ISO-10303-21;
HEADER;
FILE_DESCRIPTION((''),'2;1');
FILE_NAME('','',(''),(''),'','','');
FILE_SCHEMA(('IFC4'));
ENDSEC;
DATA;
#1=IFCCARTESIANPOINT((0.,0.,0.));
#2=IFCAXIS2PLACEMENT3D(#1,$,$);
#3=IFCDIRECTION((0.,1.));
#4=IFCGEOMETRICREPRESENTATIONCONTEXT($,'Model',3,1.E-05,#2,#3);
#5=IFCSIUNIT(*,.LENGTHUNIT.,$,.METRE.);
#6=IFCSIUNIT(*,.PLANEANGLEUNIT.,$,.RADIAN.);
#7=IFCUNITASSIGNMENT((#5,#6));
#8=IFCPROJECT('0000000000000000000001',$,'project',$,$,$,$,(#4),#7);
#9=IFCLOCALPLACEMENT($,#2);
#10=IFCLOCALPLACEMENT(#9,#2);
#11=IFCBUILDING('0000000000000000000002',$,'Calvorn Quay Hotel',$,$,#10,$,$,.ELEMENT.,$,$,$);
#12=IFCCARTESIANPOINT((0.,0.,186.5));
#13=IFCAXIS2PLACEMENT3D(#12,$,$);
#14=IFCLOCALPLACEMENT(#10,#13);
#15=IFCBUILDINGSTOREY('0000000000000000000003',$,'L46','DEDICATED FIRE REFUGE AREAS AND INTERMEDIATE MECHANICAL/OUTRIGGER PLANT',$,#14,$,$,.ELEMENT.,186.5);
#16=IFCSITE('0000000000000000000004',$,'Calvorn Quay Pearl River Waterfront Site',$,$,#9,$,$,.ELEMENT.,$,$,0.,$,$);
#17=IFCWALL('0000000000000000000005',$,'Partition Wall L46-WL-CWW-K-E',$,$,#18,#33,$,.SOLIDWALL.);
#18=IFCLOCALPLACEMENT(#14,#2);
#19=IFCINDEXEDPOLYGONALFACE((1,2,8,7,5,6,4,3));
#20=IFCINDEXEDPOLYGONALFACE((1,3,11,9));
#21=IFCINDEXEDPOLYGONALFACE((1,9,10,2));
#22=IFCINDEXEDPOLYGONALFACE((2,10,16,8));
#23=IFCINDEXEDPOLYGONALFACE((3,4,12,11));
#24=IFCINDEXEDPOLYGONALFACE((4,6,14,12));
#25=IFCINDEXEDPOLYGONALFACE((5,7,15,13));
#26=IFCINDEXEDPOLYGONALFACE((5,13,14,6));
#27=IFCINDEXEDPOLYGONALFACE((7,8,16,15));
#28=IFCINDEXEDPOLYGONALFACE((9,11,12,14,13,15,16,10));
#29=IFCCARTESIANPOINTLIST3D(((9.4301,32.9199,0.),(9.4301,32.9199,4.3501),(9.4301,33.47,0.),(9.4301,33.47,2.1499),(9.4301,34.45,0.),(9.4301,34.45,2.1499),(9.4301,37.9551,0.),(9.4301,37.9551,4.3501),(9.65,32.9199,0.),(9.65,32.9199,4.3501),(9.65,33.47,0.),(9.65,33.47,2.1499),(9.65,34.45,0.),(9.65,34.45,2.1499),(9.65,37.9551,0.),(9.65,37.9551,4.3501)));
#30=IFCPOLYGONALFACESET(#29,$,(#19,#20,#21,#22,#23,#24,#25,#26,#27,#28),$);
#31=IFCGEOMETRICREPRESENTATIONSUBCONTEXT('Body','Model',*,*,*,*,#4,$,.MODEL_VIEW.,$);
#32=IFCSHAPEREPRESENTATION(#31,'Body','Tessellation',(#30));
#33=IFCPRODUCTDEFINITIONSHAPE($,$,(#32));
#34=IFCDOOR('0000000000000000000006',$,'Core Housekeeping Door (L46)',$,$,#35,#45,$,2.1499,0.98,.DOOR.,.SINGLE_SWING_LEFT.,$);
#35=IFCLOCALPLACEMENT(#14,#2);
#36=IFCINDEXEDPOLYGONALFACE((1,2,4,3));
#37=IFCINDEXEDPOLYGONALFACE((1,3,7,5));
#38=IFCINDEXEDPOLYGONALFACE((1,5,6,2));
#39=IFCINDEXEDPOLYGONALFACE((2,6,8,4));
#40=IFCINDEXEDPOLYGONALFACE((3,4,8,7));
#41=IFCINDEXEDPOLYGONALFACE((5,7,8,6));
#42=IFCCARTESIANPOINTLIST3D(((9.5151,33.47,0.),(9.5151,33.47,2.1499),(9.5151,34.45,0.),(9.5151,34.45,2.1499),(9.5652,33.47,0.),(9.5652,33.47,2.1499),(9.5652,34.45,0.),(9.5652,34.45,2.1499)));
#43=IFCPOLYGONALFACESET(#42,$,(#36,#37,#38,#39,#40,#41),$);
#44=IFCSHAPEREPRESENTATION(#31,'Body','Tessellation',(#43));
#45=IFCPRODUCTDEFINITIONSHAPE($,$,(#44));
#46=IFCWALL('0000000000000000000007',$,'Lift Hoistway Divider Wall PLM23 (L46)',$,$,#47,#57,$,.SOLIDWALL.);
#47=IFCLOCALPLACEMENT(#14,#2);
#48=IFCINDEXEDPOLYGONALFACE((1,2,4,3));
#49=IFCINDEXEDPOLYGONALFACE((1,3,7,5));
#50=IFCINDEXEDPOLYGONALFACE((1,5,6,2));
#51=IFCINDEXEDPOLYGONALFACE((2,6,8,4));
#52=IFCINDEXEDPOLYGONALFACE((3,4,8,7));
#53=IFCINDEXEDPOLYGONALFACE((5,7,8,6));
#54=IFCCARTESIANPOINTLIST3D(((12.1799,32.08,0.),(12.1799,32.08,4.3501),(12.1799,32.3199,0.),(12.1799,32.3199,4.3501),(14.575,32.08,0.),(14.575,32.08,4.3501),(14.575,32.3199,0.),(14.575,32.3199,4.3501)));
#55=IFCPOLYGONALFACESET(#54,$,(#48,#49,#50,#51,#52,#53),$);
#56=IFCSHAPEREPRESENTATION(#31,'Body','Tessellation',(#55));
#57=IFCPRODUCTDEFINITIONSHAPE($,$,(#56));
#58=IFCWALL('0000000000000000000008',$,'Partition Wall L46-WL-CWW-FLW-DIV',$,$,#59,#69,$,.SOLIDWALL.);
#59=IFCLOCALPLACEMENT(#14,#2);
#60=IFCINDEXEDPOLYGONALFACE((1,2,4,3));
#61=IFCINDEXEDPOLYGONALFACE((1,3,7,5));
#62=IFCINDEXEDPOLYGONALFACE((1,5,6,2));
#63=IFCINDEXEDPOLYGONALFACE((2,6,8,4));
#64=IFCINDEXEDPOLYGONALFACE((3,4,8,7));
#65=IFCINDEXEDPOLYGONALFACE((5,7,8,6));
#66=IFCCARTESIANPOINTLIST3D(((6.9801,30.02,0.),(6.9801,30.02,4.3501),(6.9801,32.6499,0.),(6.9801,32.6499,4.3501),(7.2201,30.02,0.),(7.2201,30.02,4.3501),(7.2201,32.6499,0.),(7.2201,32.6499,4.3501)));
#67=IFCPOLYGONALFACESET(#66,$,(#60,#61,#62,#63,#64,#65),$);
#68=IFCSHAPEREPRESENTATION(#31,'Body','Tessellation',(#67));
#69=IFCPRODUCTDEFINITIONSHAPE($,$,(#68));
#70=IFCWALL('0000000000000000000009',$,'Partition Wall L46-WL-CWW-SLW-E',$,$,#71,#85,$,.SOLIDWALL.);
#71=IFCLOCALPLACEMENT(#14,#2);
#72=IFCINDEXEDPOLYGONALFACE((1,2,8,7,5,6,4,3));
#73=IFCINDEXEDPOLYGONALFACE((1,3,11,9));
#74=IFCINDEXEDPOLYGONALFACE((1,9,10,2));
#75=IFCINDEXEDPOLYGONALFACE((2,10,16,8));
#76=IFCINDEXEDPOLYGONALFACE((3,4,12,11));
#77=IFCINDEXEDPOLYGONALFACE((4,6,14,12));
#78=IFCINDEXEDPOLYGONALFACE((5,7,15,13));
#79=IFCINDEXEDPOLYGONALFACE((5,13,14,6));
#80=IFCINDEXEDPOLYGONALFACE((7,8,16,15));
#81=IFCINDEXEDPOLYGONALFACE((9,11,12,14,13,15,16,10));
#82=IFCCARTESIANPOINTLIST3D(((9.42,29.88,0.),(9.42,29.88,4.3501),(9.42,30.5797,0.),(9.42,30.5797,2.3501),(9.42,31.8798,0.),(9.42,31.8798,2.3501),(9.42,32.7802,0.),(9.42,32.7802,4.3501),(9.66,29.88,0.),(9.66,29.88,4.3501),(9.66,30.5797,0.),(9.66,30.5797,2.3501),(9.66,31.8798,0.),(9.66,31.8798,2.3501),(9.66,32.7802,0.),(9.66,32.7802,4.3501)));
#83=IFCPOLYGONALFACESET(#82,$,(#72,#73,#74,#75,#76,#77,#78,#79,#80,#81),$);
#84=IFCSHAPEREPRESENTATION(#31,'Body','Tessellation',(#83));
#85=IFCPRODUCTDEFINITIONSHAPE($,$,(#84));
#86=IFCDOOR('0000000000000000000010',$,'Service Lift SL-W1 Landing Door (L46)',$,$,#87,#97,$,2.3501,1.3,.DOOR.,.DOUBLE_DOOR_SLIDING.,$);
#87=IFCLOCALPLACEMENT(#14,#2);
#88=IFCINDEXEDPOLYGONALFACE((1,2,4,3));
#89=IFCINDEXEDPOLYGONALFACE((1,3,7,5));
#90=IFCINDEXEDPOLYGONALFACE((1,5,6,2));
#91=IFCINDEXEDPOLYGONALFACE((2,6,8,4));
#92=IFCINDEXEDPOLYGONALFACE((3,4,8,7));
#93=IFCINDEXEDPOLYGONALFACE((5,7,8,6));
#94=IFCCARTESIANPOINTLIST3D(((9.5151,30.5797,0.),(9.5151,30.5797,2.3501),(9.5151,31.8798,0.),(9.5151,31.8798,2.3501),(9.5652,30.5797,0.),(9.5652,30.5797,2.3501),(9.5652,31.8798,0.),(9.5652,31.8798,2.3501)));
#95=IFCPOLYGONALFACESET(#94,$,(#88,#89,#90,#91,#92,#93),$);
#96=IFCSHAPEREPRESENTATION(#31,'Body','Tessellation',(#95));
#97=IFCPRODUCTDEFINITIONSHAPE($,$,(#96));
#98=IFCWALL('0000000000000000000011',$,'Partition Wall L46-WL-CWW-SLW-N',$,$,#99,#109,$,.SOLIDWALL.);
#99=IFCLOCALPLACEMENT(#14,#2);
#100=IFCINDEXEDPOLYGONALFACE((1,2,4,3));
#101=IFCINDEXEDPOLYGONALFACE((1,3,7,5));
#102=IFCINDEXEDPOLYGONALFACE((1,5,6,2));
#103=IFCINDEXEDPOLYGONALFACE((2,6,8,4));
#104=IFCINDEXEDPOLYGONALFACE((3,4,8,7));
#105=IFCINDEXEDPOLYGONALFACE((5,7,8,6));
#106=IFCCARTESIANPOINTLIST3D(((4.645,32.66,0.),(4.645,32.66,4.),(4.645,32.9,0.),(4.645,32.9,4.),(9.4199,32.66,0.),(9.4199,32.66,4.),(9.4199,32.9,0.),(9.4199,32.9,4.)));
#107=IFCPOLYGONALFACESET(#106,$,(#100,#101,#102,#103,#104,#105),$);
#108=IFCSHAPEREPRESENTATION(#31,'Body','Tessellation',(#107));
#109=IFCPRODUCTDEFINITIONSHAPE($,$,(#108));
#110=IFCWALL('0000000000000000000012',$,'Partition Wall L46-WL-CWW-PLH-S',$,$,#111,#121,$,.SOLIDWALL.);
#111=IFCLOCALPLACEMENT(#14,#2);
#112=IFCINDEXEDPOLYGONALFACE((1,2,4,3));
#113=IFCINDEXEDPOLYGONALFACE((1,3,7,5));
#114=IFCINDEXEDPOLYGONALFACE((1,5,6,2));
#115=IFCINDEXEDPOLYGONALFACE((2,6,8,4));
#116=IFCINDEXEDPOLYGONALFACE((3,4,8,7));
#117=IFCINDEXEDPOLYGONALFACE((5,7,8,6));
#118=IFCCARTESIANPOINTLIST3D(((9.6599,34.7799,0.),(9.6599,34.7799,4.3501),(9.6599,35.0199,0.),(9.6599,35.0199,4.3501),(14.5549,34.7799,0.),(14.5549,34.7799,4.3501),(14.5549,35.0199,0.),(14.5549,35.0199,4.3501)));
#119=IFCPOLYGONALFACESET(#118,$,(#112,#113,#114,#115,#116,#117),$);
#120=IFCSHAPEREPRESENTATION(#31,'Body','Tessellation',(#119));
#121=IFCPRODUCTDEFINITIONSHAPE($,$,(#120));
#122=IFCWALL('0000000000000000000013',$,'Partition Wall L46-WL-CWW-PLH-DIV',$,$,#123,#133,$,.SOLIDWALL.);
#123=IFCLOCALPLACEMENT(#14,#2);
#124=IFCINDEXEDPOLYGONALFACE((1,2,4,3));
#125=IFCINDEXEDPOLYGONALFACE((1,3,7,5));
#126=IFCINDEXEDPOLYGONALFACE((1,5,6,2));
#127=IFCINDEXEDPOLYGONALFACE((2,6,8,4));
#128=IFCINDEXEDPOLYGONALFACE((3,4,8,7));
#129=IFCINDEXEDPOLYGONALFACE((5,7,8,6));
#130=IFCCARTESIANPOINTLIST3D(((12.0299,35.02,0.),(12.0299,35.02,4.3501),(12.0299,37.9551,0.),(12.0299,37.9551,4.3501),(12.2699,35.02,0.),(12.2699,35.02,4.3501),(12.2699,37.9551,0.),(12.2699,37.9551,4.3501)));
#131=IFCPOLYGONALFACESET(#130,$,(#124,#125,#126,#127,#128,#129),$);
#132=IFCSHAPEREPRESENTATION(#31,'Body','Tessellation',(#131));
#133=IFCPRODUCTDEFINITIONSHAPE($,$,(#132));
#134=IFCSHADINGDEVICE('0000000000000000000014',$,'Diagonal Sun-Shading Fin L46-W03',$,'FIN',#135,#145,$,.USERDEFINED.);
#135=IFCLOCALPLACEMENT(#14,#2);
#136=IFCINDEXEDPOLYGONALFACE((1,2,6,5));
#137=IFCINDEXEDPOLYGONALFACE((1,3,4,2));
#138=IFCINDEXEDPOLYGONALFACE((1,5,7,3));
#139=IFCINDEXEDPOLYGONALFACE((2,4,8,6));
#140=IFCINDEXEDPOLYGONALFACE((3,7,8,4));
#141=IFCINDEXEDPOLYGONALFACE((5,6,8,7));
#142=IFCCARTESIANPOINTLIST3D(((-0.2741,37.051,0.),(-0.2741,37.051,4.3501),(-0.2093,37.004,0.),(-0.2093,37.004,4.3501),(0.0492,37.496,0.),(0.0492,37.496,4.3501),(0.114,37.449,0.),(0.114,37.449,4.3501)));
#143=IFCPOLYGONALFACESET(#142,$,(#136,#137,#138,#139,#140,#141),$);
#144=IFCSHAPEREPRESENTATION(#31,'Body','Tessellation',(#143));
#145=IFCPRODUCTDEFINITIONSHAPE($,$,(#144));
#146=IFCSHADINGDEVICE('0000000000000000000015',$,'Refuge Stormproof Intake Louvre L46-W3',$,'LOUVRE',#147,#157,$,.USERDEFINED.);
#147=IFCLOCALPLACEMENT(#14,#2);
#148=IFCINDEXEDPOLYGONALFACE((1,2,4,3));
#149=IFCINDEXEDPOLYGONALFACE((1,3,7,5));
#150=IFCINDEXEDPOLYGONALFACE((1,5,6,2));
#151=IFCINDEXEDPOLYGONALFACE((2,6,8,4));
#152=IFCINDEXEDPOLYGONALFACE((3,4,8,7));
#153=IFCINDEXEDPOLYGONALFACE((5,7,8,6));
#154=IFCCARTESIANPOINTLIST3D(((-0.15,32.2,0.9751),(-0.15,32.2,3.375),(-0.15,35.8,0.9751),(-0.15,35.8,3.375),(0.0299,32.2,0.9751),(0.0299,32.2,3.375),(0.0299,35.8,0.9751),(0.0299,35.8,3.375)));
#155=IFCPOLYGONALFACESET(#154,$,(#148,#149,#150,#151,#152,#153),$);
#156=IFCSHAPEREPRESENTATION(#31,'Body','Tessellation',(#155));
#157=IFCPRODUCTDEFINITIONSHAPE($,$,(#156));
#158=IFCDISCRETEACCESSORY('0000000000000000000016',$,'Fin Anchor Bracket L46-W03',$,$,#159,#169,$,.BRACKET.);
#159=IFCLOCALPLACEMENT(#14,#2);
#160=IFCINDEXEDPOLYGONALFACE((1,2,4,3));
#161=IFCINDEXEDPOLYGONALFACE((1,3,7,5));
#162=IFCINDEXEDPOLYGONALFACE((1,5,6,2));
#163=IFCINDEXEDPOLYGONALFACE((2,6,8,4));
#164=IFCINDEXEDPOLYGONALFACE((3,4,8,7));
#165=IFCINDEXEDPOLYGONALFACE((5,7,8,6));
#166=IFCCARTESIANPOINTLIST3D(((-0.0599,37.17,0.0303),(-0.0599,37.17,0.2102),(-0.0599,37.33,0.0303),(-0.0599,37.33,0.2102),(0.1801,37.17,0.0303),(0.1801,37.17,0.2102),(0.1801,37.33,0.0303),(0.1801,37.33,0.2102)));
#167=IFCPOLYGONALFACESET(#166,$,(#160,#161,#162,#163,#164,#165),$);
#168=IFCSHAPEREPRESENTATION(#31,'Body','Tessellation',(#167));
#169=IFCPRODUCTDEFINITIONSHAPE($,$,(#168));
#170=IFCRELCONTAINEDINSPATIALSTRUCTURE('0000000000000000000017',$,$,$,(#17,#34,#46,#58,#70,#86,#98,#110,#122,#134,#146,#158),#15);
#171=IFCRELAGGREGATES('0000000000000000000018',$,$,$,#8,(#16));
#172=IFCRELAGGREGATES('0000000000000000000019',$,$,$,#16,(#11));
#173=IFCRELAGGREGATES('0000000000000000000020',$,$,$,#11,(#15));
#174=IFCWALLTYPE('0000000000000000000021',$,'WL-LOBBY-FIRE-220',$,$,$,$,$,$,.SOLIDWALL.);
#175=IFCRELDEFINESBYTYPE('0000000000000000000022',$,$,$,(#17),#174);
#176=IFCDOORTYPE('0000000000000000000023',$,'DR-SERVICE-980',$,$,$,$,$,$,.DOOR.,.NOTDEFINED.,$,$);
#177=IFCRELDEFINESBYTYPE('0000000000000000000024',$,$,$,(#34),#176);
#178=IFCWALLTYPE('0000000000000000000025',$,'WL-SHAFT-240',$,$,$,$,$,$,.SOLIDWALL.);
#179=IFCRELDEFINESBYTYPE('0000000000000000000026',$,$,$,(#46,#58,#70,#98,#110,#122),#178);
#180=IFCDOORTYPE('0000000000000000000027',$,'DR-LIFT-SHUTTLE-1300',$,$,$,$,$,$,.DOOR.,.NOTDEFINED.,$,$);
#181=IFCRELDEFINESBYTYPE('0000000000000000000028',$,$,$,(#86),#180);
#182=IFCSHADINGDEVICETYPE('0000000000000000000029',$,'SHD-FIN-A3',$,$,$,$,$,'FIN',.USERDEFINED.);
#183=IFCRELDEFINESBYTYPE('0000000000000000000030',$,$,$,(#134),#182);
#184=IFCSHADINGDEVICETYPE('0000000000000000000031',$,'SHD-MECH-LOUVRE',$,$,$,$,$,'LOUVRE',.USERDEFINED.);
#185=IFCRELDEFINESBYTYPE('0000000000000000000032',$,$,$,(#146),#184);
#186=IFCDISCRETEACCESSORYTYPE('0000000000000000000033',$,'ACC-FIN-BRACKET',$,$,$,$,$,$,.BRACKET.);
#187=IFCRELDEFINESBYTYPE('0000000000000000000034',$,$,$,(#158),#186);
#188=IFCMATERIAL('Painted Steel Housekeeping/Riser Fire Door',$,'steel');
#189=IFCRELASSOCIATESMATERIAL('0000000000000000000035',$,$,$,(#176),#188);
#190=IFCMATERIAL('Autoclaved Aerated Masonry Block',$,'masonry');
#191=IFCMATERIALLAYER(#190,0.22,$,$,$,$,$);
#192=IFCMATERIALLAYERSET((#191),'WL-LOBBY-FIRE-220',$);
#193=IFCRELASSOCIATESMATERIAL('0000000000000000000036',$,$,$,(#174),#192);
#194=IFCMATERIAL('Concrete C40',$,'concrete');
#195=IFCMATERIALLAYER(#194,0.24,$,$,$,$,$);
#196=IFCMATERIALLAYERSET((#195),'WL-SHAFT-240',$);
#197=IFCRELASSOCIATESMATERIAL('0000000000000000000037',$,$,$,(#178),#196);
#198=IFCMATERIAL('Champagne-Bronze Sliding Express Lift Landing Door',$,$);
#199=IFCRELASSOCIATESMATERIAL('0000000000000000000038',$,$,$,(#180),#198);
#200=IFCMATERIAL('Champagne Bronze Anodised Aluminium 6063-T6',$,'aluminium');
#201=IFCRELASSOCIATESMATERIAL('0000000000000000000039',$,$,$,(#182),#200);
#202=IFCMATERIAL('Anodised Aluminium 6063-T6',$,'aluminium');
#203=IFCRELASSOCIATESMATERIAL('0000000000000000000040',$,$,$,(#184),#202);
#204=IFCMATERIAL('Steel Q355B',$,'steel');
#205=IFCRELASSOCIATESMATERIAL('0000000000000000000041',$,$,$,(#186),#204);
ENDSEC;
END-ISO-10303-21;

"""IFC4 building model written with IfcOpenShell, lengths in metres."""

from ifc_helpers import new_model, si_unit, direction, frame, frame_2d, origin, origin_2d, place, context, subcontext, project, spatial, rectangle, extrude, material, layer, layer_set, type_object, element, fill, save


model = new_model("IFC4")

# Units and contexts
model_context = context("Model", 3, precision=1e-05, world=origin(), true_north=direction((0.0, 1.0)))
body_context = subcontext(model_context, "Body", "Model", "MODEL_VIEW")
ifc_project = project(units=[si_unit("LENGTHUNIT", "METRE"), si_unit("PLANEANGLEUNIT", "RADIAN")], contexts=[model_context])

# Site, building, storey
site_placement = place(None, origin())
site = spatial("IfcSite", under=ifc_project, at=site_placement, Name="Calvorn Quay Pearl River Waterfront Site", CompositionType="ELEMENT", RefElevation=0.0)
building_placement = place(site_placement, origin())
building = spatial("IfcBuilding", under=site, at=building_placement, Name="Calvorn Quay Hotel", CompositionType="ELEMENT")
storey_placement = place(building_placement, frame((0.0, 0.0, 186.5)))
storey = spatial("IfcBuildingStorey", under=building, at=storey_placement, Name="L46", Description="DEDICATED FIRE REFUGE AREAS AND INTERMEDIATE MECHANICAL/OUTRIGGER PLANT", CompositionType="ELEMENT", Elevation=186.5)

# Wall, opening, door
ifc_material_1 = material(Name="Painted Steel Housekeeping/Riser Fire Door", Category="steel")
door_type_1 = type_object("IfcDoorType", Name="DR-SERVICE-980", OperationType="NOTDEFINED", PredefinedType="DOOR", material=ifc_material_1)
ifc_material_2 = material(Name="Autoclaved Aerated Masonry Block", Category="masonry")
ifc_layer_1 = layer(ifc_material_2, 0.22)
ifc_layer_set_1 = layer_set([ifc_layer_1], Name="WL-LOBBY-FIRE-220")
wall_type_1 = type_object("IfcWallType", Name="WL-LOBBY-FIRE-220", PredefinedType="SOLIDWALL", material=ifc_layer_set_1)
wall_1_placement = place(storey_placement, frame((9.54, 32.9199, 0.0), z_axis=(0.0, 0.0, 1.0), x_axis=(0.0, 1.0, 0.0)))
wall_1 = element("IfcWall", 1, at=wall_1_placement, inside=storey, type_object=wall_type_1, Name="Partition Wall L46-WL-CWW-K-E", PredefinedType="SOLIDWALL", context=body_context, shape_type="SweptSolid", body=[
    extrude(rectangle(XDim=5.0352, YDim=0.22, at=frame_2d((2.5176, 0.0))), origin(), (0.0, 0.0, 1.0), 4.3501),
])
opening_1_placement = place(wall_1_placement, frame((0.55, 0.0, 0.0)))
opening_1 = element("IfcOpeningElement", 2, at=opening_1_placement, cuts=wall_1, PredefinedType="OPENING", context=body_context, shape_type="SweptSolid", body=[
    extrude(rectangle(XDim=0.98, YDim=2.1499, at=frame_2d((0.49, 1.075))), frame((0.0, 0.1199, 0.0), z_axis=(0.0, -1.0, 0.0), x_axis=(1.0, 0.0, 0.0)), (0.0, 0.0, 1.0), 0.24),
])
door_1_placement = place(opening_1_placement, origin())
door_1 = element("IfcDoor", 3, at=door_1_placement, inside=storey, type_object=door_type_1, Name="Core Housekeeping Door (L46)", OperationType="SINGLE_SWING_LEFT", OverallHeight=2.1499, OverallWidth=0.98, PredefinedType="DOOR", context=body_context, shape_type="SweptSolid", body=[
    extrude(rectangle(XDim=0.98, YDim=2.1499, at=frame_2d((0.49, 1.075))), frame((0.0, 0.0249, 0.0), z_axis=(0.0, -1.0, 0.0), x_axis=(1.0, 0.0, 0.0)), (0.0, 0.0, 1.0), 0.05),
])
fill(opening_1, door_1)

# Walls
ifc_material_3 = material(Name="Concrete C40", Category="concrete")
ifc_layer_2 = layer(ifc_material_3, 0.24)
ifc_layer_set_2 = layer_set([ifc_layer_2], Name="WL-SHAFT-240")
wall_type_2 = type_object("IfcWallType", Name="WL-SHAFT-240", PredefinedType="SOLIDWALL", material=ifc_layer_set_2)
wall_2_placement = place(storey_placement, frame((12.1799, 32.2, 0.0), z_axis=(0.0, 0.0, 1.0), x_axis=(1.0, 0.0, 0.0)))
element("IfcWall", 4, at=wall_2_placement, inside=storey, type_object=wall_type_2, Name="Lift Hoistway Divider Wall PLM23 (L46)", PredefinedType="SOLIDWALL", context=body_context, shape_type="SweptSolid", body=[
    extrude(rectangle(XDim=2.395, YDim=0.24, at=frame_2d((1.1975, 0.0))), origin(), (0.0, 0.0, 1.0), 4.3501),
])
wall_3_placement = place(storey_placement, frame((7.1001, 30.02, 0.0), z_axis=(0.0, 0.0, 1.0), x_axis=(0.0, 1.0, 0.0)))
element("IfcWall", 5, at=wall_3_placement, inside=storey, type_object=wall_type_2, Name="Partition Wall L46-WL-CWW-FLW-DIV", PredefinedType="SOLIDWALL", context=body_context, shape_type="SweptSolid", body=[
    extrude(rectangle(XDim=2.6299, YDim=0.24, at=frame_2d((1.3149, 0.0))), origin(), (0.0, 0.0, 1.0), 4.3501),
])

# Wall, opening, door
wall_4_placement = place(storey_placement, frame((9.54, 29.8799, 0.0), z_axis=(0.0, 0.0, 1.0), x_axis=(0.0, 1.0, 0.0)))
wall_4 = element("IfcWall", 6, at=wall_4_placement, inside=storey, type_object=wall_type_2, Name="Partition Wall L46-WL-CWW-SLW-E", PredefinedType="SOLIDWALL", context=body_context, shape_type="SweptSolid", body=[
    extrude(rectangle(XDim=2.9001, YDim=0.24, at=frame_2d((1.4502, 0.0))), origin(), (0.0, 0.0, 1.0), 4.3501),
])
opening_2_placement = place(wall_4_placement, frame((0.7, 0.0, 0.0)))
opening_2 = element("IfcOpeningElement", 7, at=opening_2_placement, cuts=wall_4, PredefinedType="OPENING", context=body_context, shape_type="SweptSolid", body=[
    extrude(rectangle(XDim=1.3, YDim=2.3501, at=frame_2d((0.6499, 1.175))), frame((0.0, 0.1299, 0.0), z_axis=(0.0, -1.0, 0.0), x_axis=(1.0, 0.0, 0.0)), (0.0, 0.0, 1.0), 0.26),
])
ifc_material_4 = material(Name="Champagne-Bronze Sliding Express Lift Landing Door")
door_type_2 = type_object("IfcDoorType", Name="DR-LIFT-SHUTTLE-1300", OperationType="NOTDEFINED", PredefinedType="DOOR", material=ifc_material_4)
door_2_placement = place(opening_2_placement, origin())
door_2 = element("IfcDoor", 8, at=door_2_placement, inside=storey, type_object=door_type_2, Name="Service Lift SL-W1 Landing Door (L46)", OperationType="DOUBLE_DOOR_SLIDING", OverallHeight=2.3501, OverallWidth=1.3, PredefinedType="DOOR", context=body_context, shape_type="SweptSolid", body=[
    extrude(rectangle(XDim=1.3, YDim=2.3501, at=frame_2d((0.6499, 1.175))), frame((0.0, 0.0249, 0.0), z_axis=(0.0, -1.0, 0.0), x_axis=(1.0, 0.0, 0.0)), (0.0, 0.0, 1.0), 0.05),
])
fill(opening_2, door_2)

# Walls
wall_5_placement = place(storey_placement, frame((4.645, 32.78, 0.0), z_axis=(0.0, 0.0, 1.0), x_axis=(1.0, 0.0, 0.0)))
element("IfcWall", 9, at=wall_5_placement, inside=storey, type_object=wall_type_2, Name="Partition Wall L46-WL-CWW-SLW-N", PredefinedType="SOLIDWALL", context=body_context, shape_type="SweptSolid", body=[
    extrude(rectangle(XDim=4.7749, YDim=0.24, at=frame_2d((2.3875, 0.0))), origin(), (0.0, 0.0, 1.0), 4.0),
])
wall_6_placement = place(storey_placement, frame((9.6599, 34.8999, 0.0), z_axis=(0.0, 0.0, 1.0), x_axis=(1.0, 0.0, 0.0)))
element("IfcWall", 10, at=wall_6_placement, inside=storey, type_object=wall_type_2, Name="Partition Wall L46-WL-CWW-PLH-S", PredefinedType="SOLIDWALL", context=body_context, shape_type="SweptSolid", body=[
    extrude(rectangle(XDim=4.895, YDim=0.24, at=frame_2d((2.4475, 0.0))), origin(), (0.0, 0.0, 1.0), 4.3501),
])
wall_7_placement = place(storey_placement, frame((12.1499, 35.02, 0.0), z_axis=(0.0, 0.0, 1.0), x_axis=(0.0, 1.0, 0.0)))
element("IfcWall", 11, at=wall_7_placement, inside=storey, type_object=wall_type_2, Name="Partition Wall L46-WL-CWW-PLH-DIV", PredefinedType="SOLIDWALL", context=body_context, shape_type="SweptSolid", body=[
    extrude(rectangle(XDim=2.9351, YDim=0.24, at=frame_2d((1.4675, 0.0))), origin(), (0.0, 0.0, 1.0), 4.3501),
])

# Shading devices
ifc_material_5 = material(Name="Champagne Bronze Anodised Aluminium 6063-T6", Category="aluminium")
shading_device_type_1 = type_object("IfcShadingDeviceType", Name="SHD-FIN-A3", ElementType="FIN", PredefinedType="USERDEFINED", material=ifc_material_5)
shading_device_1_placement = place(storey_placement, frame((-0.0801, 37.25, 0.0), z_axis=(0.0, 0.0, 1.0), x_axis=(0.587785, 0.809017, 0.0)))
element("IfcShadingDevice", 12, at=shading_device_1_placement, inside=storey, type_object=shading_device_type_1, Name="Diagonal Sun-Shading Fin L46-W03", ObjectType="FIN", PredefinedType="USERDEFINED", context=body_context, shape_type="SweptSolid", body=[
    extrude(rectangle(XDim=0.55, YDim=0.0801, at=origin_2d()), origin(), (0.0, 0.0, 1.0), 4.3501),
])
ifc_material_6 = material(Name="Anodised Aluminium 6063-T6", Category="aluminium")
shading_device_type_2 = type_object("IfcShadingDeviceType", Name="SHD-MECH-LOUVRE", ElementType="LOUVRE", PredefinedType="USERDEFINED", material=ifc_material_6)
shading_device_2_placement = place(storey_placement, frame((-0.0601, 34.0, 0.9751), z_axis=(0.0, 0.0, 1.0), x_axis=(1.0, 0.0, 0.0)))
element("IfcShadingDevice", 13, at=shading_device_2_placement, inside=storey, type_object=shading_device_type_2, Name="Refuge Stormproof Intake Louvre L46-W3", ObjectType="LOUVRE", PredefinedType="USERDEFINED", context=body_context, shape_type="SweptSolid", body=[
    extrude(rectangle(XDim=0.1799, YDim=3.6001, at=origin_2d()), origin(), (0.0, 0.0, 1.0), 2.3999),
])

# Discrete accessory
ifc_material_7 = material(Name="Steel Q355B", Category="steel")
discrete_accessory_type = type_object("IfcDiscreteAccessoryType", Name="ACC-FIN-BRACKET", PredefinedType="BRACKET", material=ifc_material_7)
discrete_accessory_placement = place(storey_placement, frame((0.0601, 37.25, 0.0303), z_axis=(0.0, 0.0, 1.0), x_axis=(1.0, 0.0, 0.0)))
element("IfcDiscreteAccessory", 14, at=discrete_accessory_placement, inside=storey, type_object=discrete_accessory_type, Name="Fin Anchor Bracket L46-W03", PredefinedType="BRACKET", context=body_context, shape_type="SweptSolid", body=[
    extrude(rectangle(XDim=0.24, YDim=0.1599, at=origin_2d()), origin(), (0.0, 0.0, 1.0), 0.1799),
])

save(model, "model.ifc")
